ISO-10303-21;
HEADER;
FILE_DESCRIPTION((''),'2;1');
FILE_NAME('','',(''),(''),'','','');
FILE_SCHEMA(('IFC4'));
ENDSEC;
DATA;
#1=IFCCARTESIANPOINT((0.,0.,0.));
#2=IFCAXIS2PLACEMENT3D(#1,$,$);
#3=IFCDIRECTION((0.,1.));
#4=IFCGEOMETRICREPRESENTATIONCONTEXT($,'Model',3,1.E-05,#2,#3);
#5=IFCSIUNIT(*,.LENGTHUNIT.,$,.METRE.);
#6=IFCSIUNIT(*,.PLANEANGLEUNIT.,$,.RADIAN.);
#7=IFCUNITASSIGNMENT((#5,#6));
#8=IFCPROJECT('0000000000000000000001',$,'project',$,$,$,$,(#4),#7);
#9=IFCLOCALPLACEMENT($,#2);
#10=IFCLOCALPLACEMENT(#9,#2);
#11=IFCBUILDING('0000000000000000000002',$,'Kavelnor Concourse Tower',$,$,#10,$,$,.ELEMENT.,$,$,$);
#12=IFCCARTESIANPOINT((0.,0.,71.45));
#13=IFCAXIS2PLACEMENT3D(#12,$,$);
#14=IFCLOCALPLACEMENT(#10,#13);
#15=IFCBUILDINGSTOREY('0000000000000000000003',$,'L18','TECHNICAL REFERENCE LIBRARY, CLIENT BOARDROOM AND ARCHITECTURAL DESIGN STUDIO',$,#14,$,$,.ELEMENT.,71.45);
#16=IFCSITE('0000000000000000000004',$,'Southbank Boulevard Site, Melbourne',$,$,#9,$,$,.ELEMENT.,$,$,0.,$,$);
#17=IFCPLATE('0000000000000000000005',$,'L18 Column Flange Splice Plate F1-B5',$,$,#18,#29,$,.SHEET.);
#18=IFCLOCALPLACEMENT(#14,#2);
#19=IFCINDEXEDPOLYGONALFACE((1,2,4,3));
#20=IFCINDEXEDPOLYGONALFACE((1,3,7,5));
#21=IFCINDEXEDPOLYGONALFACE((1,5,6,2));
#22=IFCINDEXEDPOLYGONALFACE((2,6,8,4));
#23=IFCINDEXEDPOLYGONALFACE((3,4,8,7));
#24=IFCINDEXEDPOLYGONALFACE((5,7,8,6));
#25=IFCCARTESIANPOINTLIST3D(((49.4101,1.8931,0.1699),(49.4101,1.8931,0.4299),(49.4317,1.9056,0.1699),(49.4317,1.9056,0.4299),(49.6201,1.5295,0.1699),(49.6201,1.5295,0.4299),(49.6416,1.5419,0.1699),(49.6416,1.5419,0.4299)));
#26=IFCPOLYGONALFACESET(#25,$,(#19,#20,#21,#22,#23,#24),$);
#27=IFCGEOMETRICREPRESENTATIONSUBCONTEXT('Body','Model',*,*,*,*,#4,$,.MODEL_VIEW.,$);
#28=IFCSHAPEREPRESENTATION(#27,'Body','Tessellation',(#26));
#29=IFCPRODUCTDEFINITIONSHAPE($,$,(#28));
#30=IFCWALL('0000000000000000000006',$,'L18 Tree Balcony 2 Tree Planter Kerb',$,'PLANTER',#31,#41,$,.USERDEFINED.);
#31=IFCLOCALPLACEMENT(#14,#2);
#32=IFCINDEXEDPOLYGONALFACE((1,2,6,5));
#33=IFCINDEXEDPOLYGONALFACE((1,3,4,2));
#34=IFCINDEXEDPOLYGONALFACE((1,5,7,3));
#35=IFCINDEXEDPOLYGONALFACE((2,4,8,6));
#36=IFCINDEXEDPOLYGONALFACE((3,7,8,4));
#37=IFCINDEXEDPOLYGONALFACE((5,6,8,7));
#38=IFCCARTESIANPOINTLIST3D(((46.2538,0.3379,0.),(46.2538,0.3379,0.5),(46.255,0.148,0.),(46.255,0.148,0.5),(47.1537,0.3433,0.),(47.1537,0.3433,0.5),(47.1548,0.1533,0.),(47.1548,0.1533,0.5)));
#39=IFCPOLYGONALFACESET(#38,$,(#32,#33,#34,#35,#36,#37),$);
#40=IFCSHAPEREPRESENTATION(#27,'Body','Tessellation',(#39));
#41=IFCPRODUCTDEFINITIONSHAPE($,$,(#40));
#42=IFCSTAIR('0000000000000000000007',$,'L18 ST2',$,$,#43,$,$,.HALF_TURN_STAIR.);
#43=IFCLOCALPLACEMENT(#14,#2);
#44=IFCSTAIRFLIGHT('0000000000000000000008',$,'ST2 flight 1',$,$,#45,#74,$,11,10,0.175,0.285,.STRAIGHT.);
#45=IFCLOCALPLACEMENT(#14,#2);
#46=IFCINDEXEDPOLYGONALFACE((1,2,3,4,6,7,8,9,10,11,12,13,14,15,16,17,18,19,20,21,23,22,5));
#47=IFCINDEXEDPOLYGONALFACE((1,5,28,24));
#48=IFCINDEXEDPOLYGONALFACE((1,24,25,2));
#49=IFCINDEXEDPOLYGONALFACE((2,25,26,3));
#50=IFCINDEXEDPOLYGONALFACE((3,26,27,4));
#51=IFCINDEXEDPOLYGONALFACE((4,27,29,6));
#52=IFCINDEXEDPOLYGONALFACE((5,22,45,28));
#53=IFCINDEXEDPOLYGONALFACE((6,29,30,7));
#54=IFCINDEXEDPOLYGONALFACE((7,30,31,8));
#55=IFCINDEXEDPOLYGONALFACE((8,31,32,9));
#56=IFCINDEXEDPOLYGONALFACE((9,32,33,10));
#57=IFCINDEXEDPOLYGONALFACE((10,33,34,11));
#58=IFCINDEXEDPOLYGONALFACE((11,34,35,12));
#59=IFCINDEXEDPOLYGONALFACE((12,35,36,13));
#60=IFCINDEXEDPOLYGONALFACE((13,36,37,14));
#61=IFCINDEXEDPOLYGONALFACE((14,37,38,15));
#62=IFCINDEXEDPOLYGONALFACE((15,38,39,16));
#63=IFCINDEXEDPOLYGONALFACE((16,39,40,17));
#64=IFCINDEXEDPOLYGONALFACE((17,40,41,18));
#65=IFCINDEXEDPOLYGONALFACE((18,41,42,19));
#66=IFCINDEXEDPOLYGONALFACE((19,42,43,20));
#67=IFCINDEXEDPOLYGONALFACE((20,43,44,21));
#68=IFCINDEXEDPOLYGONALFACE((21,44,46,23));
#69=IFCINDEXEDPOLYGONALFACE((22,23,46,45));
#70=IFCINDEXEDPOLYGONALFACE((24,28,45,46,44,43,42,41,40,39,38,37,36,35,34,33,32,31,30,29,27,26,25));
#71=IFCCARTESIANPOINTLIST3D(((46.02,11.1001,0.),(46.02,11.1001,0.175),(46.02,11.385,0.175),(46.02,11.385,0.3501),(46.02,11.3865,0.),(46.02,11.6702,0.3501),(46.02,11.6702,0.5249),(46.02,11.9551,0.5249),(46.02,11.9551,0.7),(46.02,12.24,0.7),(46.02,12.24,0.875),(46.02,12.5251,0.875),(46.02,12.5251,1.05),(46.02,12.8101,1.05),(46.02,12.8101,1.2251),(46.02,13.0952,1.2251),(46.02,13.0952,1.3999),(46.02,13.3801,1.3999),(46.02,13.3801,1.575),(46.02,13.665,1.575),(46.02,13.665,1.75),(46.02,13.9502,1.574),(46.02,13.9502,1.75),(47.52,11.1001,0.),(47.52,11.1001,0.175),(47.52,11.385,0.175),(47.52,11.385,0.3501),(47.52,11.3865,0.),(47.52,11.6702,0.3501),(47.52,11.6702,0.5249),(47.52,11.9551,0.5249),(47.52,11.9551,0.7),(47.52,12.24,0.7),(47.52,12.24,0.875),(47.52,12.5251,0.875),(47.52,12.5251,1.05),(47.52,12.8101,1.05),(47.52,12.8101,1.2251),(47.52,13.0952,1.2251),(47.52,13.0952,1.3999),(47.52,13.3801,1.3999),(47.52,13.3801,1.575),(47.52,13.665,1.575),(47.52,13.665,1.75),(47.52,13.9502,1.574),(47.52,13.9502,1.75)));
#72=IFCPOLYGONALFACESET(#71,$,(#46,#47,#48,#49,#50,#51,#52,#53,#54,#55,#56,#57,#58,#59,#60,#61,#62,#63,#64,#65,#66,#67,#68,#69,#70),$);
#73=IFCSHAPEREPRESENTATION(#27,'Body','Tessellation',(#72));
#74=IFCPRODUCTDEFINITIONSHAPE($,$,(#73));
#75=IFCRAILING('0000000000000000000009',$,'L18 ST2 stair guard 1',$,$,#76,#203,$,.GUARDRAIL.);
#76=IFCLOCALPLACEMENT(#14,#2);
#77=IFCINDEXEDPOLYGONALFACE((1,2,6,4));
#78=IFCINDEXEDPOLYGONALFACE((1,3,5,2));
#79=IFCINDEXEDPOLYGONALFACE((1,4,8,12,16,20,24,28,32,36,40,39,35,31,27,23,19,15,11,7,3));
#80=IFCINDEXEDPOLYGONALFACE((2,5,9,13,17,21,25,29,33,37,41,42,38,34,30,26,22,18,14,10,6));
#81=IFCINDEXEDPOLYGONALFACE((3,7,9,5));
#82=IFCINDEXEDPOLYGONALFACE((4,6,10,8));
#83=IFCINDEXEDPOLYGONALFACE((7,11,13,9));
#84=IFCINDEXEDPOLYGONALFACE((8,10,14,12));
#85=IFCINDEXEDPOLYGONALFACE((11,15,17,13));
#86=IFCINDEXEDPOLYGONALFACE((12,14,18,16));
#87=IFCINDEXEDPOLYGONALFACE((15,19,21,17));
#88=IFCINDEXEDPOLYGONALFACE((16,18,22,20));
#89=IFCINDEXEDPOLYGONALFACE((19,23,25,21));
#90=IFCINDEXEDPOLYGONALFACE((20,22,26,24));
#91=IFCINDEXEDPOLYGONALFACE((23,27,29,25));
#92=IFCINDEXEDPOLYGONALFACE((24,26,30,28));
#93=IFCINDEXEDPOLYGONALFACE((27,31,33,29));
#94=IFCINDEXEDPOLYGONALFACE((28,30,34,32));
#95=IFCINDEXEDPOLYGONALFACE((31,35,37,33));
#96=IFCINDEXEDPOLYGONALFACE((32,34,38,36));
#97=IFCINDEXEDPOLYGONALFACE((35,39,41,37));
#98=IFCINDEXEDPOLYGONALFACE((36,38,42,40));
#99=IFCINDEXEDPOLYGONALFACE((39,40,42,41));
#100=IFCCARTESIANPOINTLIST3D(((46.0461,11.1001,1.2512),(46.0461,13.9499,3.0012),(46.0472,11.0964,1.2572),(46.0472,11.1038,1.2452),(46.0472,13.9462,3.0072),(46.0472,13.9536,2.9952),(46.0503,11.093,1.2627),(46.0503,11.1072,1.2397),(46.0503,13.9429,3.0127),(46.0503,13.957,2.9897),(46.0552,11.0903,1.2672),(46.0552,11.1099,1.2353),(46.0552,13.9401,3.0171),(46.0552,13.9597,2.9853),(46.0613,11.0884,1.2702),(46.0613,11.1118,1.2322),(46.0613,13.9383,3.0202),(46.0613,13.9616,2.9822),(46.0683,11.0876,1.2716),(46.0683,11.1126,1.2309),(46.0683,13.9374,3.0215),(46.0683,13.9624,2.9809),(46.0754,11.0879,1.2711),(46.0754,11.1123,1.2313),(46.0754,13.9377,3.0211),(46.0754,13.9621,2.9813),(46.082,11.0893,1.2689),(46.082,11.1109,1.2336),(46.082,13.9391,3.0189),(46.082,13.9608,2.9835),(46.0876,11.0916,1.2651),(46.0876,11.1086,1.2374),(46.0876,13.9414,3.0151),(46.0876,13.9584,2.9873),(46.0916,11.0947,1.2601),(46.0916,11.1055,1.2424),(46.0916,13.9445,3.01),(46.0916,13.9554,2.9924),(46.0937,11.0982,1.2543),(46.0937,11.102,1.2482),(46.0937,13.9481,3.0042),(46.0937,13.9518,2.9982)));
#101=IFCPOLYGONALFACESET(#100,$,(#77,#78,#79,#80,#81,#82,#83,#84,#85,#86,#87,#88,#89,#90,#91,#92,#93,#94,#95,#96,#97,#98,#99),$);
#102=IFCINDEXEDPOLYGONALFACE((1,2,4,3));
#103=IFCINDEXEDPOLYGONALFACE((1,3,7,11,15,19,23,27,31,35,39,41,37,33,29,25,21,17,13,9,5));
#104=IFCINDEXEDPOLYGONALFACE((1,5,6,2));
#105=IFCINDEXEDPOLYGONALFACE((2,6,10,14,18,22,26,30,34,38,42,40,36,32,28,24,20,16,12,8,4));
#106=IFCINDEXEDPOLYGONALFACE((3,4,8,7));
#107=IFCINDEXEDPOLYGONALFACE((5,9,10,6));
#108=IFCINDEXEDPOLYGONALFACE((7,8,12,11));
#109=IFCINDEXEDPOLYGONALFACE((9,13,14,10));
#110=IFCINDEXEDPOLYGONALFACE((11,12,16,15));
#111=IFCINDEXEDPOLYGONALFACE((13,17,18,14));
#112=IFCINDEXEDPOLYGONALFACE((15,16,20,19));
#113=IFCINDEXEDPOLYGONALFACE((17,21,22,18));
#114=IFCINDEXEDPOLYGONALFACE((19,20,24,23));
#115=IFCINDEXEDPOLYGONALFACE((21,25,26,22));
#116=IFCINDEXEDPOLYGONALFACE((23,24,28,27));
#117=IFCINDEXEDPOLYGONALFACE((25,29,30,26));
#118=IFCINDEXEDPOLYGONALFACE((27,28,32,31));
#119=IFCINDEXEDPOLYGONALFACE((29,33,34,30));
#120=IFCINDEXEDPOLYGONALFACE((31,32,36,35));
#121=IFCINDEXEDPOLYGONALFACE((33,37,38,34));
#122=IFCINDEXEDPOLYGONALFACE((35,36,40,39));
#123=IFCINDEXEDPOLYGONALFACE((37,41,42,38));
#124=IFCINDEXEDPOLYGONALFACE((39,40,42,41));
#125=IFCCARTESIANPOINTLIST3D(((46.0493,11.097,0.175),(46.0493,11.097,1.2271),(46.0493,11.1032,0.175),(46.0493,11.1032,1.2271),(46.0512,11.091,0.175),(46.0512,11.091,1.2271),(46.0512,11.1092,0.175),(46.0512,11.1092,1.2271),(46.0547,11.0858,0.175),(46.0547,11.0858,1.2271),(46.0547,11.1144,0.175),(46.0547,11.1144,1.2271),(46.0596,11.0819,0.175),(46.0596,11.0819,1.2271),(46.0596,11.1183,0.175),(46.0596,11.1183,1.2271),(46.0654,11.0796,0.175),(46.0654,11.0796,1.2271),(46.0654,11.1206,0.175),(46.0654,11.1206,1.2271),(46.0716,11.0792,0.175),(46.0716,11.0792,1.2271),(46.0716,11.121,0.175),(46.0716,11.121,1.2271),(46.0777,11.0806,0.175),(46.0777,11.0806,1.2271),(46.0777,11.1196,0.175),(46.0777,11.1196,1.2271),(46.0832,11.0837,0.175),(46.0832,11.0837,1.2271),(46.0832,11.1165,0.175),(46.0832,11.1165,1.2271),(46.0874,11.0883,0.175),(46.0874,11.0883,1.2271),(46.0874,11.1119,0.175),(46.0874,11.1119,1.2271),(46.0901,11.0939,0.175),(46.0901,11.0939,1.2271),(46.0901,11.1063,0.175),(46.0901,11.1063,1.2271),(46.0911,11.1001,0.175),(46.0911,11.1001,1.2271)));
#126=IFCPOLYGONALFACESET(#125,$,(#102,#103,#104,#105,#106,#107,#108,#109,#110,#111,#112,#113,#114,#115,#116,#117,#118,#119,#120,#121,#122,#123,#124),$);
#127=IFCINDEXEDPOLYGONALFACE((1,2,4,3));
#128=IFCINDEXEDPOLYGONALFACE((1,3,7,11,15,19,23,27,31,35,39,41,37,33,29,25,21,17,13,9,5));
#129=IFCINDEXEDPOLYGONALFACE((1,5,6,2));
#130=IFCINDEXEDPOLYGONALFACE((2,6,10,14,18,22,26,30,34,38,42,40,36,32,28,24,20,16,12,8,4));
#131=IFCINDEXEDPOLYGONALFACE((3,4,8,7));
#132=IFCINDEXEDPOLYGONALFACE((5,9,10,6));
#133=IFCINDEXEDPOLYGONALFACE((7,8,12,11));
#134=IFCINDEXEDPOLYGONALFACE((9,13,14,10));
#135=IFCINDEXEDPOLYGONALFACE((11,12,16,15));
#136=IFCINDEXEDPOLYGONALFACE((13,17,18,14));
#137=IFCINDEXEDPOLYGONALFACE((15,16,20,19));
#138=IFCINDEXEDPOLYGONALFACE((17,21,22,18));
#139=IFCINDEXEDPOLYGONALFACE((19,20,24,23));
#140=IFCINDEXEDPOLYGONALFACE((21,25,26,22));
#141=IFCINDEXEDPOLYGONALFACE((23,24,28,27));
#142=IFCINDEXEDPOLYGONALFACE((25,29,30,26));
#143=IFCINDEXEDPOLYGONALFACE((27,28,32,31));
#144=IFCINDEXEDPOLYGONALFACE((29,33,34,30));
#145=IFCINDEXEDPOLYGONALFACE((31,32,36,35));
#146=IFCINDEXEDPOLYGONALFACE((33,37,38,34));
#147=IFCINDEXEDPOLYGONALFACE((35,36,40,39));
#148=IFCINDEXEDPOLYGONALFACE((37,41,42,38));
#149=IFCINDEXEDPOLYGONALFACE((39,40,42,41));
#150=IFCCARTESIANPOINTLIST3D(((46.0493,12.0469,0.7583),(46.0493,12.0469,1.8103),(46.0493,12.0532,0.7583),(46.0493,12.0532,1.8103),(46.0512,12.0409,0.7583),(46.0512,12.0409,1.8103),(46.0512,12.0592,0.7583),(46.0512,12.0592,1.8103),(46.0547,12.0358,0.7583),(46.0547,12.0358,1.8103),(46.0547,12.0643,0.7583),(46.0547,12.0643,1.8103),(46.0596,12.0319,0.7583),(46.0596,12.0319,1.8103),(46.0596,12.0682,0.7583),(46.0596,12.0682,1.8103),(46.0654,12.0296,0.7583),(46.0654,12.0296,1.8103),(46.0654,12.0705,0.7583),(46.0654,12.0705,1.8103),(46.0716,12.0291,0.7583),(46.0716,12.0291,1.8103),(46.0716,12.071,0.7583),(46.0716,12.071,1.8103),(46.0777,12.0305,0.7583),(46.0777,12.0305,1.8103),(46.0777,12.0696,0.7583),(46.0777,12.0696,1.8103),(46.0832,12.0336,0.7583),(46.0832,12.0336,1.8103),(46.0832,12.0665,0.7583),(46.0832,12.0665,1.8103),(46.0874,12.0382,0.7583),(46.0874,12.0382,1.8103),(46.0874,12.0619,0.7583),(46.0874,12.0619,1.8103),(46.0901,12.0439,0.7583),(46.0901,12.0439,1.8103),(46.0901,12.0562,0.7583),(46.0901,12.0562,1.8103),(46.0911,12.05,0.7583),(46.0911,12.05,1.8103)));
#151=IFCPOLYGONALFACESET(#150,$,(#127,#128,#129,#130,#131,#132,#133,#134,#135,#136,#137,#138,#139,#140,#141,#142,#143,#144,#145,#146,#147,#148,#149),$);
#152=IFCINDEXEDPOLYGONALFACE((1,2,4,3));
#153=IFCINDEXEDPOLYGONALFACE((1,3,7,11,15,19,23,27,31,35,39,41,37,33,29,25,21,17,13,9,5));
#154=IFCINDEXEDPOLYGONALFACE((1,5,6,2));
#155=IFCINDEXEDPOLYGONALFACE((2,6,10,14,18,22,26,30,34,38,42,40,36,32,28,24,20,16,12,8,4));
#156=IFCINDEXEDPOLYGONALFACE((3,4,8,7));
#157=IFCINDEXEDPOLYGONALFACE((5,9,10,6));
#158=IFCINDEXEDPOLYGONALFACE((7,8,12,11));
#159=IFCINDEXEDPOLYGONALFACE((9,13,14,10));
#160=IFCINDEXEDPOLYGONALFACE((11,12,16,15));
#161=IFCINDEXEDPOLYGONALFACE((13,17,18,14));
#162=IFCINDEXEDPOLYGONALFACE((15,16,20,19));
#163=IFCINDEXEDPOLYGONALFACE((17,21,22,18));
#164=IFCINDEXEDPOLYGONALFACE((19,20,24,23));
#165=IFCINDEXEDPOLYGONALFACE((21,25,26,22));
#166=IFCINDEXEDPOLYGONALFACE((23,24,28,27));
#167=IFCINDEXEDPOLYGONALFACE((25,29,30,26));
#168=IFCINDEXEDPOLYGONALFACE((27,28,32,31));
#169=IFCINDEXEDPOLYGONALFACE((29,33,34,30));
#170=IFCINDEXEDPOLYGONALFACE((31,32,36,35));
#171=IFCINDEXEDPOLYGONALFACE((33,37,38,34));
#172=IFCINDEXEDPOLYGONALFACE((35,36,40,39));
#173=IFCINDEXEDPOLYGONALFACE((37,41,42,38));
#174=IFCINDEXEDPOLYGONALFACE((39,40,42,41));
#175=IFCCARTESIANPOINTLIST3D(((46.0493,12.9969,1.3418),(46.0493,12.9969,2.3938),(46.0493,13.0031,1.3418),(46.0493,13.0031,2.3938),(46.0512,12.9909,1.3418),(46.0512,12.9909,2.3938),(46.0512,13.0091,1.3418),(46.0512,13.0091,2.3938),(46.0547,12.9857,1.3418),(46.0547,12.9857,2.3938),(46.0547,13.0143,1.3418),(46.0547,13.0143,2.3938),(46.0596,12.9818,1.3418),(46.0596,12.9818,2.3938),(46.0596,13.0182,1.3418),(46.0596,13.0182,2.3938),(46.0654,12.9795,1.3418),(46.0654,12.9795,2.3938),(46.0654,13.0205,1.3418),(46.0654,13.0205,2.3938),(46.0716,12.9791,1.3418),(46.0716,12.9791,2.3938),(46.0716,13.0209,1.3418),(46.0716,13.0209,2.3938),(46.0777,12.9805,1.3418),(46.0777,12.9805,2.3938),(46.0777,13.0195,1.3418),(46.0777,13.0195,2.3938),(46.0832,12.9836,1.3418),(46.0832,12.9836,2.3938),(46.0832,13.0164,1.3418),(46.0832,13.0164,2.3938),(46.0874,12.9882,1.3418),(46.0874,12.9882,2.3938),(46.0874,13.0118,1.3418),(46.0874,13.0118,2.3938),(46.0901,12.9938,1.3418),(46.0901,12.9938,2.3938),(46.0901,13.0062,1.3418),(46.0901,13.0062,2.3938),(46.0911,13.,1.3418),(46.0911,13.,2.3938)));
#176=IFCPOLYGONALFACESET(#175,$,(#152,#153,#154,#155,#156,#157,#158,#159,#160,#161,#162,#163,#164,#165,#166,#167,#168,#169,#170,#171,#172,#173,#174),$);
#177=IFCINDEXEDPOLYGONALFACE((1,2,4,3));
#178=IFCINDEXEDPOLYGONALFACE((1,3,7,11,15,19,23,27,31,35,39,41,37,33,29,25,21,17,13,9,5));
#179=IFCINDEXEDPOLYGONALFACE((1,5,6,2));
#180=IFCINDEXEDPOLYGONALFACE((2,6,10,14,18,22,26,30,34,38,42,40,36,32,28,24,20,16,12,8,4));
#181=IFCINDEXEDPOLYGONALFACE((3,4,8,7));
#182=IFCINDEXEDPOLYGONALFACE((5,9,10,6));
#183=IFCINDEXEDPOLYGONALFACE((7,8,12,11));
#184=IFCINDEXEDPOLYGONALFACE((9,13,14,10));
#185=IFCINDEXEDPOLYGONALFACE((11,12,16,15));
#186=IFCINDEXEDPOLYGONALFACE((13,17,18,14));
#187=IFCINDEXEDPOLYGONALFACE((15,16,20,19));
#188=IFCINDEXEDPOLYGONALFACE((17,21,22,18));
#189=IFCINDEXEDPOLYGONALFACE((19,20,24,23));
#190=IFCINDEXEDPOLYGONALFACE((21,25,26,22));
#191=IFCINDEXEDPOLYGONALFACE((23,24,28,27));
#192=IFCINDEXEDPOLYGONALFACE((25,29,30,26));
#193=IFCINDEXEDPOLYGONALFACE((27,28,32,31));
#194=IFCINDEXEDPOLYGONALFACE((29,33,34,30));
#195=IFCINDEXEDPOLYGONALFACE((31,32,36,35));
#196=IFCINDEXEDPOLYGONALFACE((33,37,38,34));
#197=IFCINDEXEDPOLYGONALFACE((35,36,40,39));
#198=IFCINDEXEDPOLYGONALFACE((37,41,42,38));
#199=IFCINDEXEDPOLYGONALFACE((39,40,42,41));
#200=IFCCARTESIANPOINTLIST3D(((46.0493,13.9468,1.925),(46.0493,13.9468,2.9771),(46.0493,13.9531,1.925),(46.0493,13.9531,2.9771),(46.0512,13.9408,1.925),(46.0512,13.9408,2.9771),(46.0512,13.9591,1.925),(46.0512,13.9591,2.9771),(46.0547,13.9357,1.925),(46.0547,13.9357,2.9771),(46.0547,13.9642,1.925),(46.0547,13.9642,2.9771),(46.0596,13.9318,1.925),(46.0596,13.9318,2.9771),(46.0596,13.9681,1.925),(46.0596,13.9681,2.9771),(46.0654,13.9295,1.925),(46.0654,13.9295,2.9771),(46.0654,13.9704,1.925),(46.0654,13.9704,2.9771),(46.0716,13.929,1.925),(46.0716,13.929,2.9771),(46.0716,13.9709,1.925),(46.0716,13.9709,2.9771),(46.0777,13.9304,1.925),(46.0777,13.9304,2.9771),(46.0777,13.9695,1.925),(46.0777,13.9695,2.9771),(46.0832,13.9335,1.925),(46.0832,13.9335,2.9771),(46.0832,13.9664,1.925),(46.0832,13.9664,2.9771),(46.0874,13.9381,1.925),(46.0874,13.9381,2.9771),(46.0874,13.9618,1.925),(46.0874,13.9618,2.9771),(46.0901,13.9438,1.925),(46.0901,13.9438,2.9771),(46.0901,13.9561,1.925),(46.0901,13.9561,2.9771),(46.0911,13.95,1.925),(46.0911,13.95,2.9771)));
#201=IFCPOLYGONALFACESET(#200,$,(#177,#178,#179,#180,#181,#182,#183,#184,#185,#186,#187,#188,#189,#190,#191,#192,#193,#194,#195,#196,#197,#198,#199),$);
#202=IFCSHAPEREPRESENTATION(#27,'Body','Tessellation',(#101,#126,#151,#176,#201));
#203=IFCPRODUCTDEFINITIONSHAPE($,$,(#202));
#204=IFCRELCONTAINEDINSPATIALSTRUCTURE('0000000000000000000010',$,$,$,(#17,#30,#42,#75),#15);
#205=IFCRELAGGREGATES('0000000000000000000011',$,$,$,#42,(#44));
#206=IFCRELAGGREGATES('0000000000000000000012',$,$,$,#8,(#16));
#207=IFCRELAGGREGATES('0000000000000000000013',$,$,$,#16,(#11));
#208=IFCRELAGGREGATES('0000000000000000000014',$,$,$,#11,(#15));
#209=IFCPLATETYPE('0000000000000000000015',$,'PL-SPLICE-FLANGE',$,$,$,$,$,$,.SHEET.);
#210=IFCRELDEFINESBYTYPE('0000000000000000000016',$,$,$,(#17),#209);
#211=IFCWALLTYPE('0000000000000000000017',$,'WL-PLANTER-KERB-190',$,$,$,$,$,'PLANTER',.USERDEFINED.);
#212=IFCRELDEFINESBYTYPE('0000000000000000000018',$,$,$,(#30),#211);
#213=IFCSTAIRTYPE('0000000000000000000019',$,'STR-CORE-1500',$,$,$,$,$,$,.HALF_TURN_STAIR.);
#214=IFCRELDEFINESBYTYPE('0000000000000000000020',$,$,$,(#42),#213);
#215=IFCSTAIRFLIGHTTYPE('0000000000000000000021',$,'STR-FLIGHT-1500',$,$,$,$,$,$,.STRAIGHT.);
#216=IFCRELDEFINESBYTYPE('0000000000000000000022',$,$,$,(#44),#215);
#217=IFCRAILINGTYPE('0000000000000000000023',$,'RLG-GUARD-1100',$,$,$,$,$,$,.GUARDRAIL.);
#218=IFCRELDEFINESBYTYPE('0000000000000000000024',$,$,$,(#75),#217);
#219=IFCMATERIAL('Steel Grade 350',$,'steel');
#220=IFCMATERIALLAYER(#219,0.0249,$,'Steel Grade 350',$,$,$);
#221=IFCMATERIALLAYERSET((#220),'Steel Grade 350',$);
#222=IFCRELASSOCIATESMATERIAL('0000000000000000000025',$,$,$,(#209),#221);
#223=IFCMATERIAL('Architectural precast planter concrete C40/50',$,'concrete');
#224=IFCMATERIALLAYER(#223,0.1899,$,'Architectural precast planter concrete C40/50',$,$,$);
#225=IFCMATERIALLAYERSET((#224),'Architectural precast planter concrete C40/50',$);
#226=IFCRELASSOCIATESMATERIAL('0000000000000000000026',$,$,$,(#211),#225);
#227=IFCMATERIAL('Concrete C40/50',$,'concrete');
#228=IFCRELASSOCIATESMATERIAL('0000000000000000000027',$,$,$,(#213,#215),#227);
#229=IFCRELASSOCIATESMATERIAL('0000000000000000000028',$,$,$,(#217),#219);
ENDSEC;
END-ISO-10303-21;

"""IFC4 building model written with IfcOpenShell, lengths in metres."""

from ifc_helpers import new_model, si_unit, direction, frame, frame_2d, origin, origin_2d, place, context, subcontext, project, spatial, polyline, rectangle, circle, outline, extrude, material, layer, layer_set, type_object, element, aggregate, save


model = new_model("IFC4")

# Units and contexts
model_context = context("Model", 3, precision=1e-05, world=origin(), true_north=direction((0.0, 1.0)))
body_context = subcontext(model_context, "Body", "Model", "MODEL_VIEW")
ifc_project = project(units=[si_unit("LENGTHUNIT", "METRE"), si_unit("PLANEANGLEUNIT", "RADIAN")], contexts=[model_context])

# Site, building, storey
site_placement = place(None, origin())
site = spatial("IfcSite", under=ifc_project, at=site_placement, Name="Southbank Boulevard Site, Melbourne", CompositionType="ELEMENT", RefElevation=0.0)
building_placement = place(site_placement, origin())
building = spatial("IfcBuilding", under=site, at=building_placement, Name="Kavelnor Concourse Tower", CompositionType="ELEMENT")
storey_placement = place(building_placement, frame((0.0, 0.0, 71.45)))
storey = spatial("IfcBuildingStorey", under=building, at=storey_placement, Name="L18", Description="TECHNICAL REFERENCE LIBRARY, CLIENT BOARDROOM AND ARCHITECTURAL DESIGN STUDIO", CompositionType="ELEMENT", Elevation=71.45)

# Shared definitions
ifc_material_1 = material(Name="Steel Grade 350", Category="steel")

# Plate
ifc_layer_1 = layer(ifc_material_1, 0.0249, Name="Steel Grade 350")
ifc_layer_set_1 = layer_set([ifc_layer_1], Name="Steel Grade 350")
plate_type = type_object("IfcPlateType", Name="PL-SPLICE-FLANGE", PredefinedType="SHEET", material=ifc_layer_set_1)
plate_1_placement = place(storey_placement, frame((49.5259, 1.7175, 0.1699), z_axis=(0.0, 0.0, 1.0), x_axis=(-0.5, 0.866025, 0.0)))
element("IfcPlate", 1, at=plate_1_placement, inside=storey, type_object=plate_type, Name="L18 Column Flange Splice Plate F1-B5", PredefinedType="SHEET", context=body_context, shape_type="SweptSolid", body=[
    extrude(rectangle(XDim=0.4199, YDim=0.0249, at=origin_2d()), origin(), (0.0, 0.0, 1.0), 0.26),
])

# Wall
ifc_material_2 = material(Name="Architectural precast planter concrete C40/50", Category="concrete")
ifc_layer_2 = layer(ifc_material_2, 0.1899, Name="Architectural precast planter concrete C40/50")
ifc_layer_set_2 = layer_set([ifc_layer_2], Name="Architectural precast planter concrete C40/50")
wall_type_1 = type_object("IfcWallType", Name="WL-PLANTER-KERB-190", ElementType="PLANTER", PredefinedType="USERDEFINED", material=ifc_layer_set_2)
wall_1_placement = place(storey_placement, frame((46.2544, 0.2429, 0.0), z_axis=(0.0, 0.0, 1.0), x_axis=(0.999982, 0.005968, 0.0)))
element("IfcWall", 2, at=wall_1_placement, inside=storey, type_object=wall_type_1, Name="L18 Tree Balcony 2 Tree Planter Kerb", ObjectType="PLANTER", PredefinedType="USERDEFINED", context=body_context, shape_type="SweptSolid", body=[
    extrude(rectangle(XDim=0.8999, YDim=0.1899, at=frame_2d((0.45, 0.0))), origin(), (0.0, 0.0, 1.0), 0.5),
])

# Stair, stair flight
ifc_material_3 = material(Name="Concrete C40/50", Category="concrete")
stair_type = type_object("IfcStairType", Name="STR-CORE-1500", PredefinedType="HALF_TURN_STAIR", material=ifc_material_3)
stair_placement = place(storey_placement, origin())
stair = element("IfcStair", 3, at=stair_placement, inside=storey, type_object=stair_type, Name="L18 ST2", PredefinedType="HALF_TURN_STAIR")
stair_flight_type = type_object("IfcStairFlightType", Name="STR-FLIGHT-1500", PredefinedType="STRAIGHT", material=ifc_material_3)
stair_flight_placement = place(storey_placement, frame((46.77, 11.1001, 0.0), z_axis=(0.0, 0.0, 1.0), x_axis=(0.0, 1.0, 0.0)))
stair_flight = element("IfcStairFlight", 4, at=stair_flight_placement, type_object=stair_flight_type, Name="ST2 flight 1", NumberOfRisers=11, NumberOfTreads=10, PredefinedType="STRAIGHT", RiserHeight=0.175, TreadLength=0.285, context=body_context, shape_type="SweptSolid", body=[
    extrude(outline(polyline([(0.0, 0.0), (0.0, 0.175), (0.2849, 0.175), (0.2849, 0.3501), (0.5701, 0.3501), (0.5701, 0.5249), (0.855, 0.5249), (0.855, 0.7), (1.1399, 0.7), (1.1399, 0.875), (1.425, 0.875), (1.425, 1.05), (1.71, 1.05), (1.71, 1.2251), (1.9951, 1.2251), (1.9951, 1.3999), (2.28, 1.3999), (2.28, 1.575), (2.5649, 1.575), (2.5649, 1.75), (2.8501, 1.75), (2.8501, 1.925), (2.8501, 1.574), (0.2864, 0.0), (0.0, 0.0)])), frame((0.0, 0.75, 0.0), z_axis=(0.0, -1.0, 0.0), x_axis=(1.0, 0.0, 0.0)), (0.0, 0.0, 1.0), 1.5),
])
aggregate(stair, [stair_flight])

# Railing
railing_type_1 = type_object("IfcRailingType", Name="RLG-GUARD-1100", PredefinedType="GUARDRAIL", material=ifc_material_1)
railing_1_placement = place(storey_placement, frame((46.0701, 11.1001, 0.175)))
element("IfcRailing", 5, at=railing_1_placement, inside=storey, type_object=railing_type_1, Name="L18 ST2 stair guard 1", PredefinedType="GUARDRAIL", context=body_context, shape_type="SweptSolid", body=[
    extrude(circle(Radius=0.0239, at=origin_2d()), frame((0.0, 0.0, 1.0762), z_axis=(0.0, 0.852159, 0.523283), x_axis=(-1.0, 0.0, 0.0)), (0.0, 0.0, 1.0), 3.3442),
    extrude(circle(Radius=0.021, at=origin_2d()), origin(), (0.0, 0.0, 1.0), 1.052),
    extrude(circle(Radius=0.021, at=origin_2d()), frame((0.0, 0.95, 0.5833)), (0.0, 0.0, 1.0), 1.052),
    extrude(circle(Radius=0.021, at=origin_2d()), frame((0.0, 1.8999, 1.1667)), (0.0, 0.0, 1.0), 1.052),
    extrude(circle(Radius=0.021, at=origin_2d()), frame((0.0, 2.8499, 1.75)), (0.0, 0.0, 1.0), 1.052),
])

save(model, "model.ifc")
